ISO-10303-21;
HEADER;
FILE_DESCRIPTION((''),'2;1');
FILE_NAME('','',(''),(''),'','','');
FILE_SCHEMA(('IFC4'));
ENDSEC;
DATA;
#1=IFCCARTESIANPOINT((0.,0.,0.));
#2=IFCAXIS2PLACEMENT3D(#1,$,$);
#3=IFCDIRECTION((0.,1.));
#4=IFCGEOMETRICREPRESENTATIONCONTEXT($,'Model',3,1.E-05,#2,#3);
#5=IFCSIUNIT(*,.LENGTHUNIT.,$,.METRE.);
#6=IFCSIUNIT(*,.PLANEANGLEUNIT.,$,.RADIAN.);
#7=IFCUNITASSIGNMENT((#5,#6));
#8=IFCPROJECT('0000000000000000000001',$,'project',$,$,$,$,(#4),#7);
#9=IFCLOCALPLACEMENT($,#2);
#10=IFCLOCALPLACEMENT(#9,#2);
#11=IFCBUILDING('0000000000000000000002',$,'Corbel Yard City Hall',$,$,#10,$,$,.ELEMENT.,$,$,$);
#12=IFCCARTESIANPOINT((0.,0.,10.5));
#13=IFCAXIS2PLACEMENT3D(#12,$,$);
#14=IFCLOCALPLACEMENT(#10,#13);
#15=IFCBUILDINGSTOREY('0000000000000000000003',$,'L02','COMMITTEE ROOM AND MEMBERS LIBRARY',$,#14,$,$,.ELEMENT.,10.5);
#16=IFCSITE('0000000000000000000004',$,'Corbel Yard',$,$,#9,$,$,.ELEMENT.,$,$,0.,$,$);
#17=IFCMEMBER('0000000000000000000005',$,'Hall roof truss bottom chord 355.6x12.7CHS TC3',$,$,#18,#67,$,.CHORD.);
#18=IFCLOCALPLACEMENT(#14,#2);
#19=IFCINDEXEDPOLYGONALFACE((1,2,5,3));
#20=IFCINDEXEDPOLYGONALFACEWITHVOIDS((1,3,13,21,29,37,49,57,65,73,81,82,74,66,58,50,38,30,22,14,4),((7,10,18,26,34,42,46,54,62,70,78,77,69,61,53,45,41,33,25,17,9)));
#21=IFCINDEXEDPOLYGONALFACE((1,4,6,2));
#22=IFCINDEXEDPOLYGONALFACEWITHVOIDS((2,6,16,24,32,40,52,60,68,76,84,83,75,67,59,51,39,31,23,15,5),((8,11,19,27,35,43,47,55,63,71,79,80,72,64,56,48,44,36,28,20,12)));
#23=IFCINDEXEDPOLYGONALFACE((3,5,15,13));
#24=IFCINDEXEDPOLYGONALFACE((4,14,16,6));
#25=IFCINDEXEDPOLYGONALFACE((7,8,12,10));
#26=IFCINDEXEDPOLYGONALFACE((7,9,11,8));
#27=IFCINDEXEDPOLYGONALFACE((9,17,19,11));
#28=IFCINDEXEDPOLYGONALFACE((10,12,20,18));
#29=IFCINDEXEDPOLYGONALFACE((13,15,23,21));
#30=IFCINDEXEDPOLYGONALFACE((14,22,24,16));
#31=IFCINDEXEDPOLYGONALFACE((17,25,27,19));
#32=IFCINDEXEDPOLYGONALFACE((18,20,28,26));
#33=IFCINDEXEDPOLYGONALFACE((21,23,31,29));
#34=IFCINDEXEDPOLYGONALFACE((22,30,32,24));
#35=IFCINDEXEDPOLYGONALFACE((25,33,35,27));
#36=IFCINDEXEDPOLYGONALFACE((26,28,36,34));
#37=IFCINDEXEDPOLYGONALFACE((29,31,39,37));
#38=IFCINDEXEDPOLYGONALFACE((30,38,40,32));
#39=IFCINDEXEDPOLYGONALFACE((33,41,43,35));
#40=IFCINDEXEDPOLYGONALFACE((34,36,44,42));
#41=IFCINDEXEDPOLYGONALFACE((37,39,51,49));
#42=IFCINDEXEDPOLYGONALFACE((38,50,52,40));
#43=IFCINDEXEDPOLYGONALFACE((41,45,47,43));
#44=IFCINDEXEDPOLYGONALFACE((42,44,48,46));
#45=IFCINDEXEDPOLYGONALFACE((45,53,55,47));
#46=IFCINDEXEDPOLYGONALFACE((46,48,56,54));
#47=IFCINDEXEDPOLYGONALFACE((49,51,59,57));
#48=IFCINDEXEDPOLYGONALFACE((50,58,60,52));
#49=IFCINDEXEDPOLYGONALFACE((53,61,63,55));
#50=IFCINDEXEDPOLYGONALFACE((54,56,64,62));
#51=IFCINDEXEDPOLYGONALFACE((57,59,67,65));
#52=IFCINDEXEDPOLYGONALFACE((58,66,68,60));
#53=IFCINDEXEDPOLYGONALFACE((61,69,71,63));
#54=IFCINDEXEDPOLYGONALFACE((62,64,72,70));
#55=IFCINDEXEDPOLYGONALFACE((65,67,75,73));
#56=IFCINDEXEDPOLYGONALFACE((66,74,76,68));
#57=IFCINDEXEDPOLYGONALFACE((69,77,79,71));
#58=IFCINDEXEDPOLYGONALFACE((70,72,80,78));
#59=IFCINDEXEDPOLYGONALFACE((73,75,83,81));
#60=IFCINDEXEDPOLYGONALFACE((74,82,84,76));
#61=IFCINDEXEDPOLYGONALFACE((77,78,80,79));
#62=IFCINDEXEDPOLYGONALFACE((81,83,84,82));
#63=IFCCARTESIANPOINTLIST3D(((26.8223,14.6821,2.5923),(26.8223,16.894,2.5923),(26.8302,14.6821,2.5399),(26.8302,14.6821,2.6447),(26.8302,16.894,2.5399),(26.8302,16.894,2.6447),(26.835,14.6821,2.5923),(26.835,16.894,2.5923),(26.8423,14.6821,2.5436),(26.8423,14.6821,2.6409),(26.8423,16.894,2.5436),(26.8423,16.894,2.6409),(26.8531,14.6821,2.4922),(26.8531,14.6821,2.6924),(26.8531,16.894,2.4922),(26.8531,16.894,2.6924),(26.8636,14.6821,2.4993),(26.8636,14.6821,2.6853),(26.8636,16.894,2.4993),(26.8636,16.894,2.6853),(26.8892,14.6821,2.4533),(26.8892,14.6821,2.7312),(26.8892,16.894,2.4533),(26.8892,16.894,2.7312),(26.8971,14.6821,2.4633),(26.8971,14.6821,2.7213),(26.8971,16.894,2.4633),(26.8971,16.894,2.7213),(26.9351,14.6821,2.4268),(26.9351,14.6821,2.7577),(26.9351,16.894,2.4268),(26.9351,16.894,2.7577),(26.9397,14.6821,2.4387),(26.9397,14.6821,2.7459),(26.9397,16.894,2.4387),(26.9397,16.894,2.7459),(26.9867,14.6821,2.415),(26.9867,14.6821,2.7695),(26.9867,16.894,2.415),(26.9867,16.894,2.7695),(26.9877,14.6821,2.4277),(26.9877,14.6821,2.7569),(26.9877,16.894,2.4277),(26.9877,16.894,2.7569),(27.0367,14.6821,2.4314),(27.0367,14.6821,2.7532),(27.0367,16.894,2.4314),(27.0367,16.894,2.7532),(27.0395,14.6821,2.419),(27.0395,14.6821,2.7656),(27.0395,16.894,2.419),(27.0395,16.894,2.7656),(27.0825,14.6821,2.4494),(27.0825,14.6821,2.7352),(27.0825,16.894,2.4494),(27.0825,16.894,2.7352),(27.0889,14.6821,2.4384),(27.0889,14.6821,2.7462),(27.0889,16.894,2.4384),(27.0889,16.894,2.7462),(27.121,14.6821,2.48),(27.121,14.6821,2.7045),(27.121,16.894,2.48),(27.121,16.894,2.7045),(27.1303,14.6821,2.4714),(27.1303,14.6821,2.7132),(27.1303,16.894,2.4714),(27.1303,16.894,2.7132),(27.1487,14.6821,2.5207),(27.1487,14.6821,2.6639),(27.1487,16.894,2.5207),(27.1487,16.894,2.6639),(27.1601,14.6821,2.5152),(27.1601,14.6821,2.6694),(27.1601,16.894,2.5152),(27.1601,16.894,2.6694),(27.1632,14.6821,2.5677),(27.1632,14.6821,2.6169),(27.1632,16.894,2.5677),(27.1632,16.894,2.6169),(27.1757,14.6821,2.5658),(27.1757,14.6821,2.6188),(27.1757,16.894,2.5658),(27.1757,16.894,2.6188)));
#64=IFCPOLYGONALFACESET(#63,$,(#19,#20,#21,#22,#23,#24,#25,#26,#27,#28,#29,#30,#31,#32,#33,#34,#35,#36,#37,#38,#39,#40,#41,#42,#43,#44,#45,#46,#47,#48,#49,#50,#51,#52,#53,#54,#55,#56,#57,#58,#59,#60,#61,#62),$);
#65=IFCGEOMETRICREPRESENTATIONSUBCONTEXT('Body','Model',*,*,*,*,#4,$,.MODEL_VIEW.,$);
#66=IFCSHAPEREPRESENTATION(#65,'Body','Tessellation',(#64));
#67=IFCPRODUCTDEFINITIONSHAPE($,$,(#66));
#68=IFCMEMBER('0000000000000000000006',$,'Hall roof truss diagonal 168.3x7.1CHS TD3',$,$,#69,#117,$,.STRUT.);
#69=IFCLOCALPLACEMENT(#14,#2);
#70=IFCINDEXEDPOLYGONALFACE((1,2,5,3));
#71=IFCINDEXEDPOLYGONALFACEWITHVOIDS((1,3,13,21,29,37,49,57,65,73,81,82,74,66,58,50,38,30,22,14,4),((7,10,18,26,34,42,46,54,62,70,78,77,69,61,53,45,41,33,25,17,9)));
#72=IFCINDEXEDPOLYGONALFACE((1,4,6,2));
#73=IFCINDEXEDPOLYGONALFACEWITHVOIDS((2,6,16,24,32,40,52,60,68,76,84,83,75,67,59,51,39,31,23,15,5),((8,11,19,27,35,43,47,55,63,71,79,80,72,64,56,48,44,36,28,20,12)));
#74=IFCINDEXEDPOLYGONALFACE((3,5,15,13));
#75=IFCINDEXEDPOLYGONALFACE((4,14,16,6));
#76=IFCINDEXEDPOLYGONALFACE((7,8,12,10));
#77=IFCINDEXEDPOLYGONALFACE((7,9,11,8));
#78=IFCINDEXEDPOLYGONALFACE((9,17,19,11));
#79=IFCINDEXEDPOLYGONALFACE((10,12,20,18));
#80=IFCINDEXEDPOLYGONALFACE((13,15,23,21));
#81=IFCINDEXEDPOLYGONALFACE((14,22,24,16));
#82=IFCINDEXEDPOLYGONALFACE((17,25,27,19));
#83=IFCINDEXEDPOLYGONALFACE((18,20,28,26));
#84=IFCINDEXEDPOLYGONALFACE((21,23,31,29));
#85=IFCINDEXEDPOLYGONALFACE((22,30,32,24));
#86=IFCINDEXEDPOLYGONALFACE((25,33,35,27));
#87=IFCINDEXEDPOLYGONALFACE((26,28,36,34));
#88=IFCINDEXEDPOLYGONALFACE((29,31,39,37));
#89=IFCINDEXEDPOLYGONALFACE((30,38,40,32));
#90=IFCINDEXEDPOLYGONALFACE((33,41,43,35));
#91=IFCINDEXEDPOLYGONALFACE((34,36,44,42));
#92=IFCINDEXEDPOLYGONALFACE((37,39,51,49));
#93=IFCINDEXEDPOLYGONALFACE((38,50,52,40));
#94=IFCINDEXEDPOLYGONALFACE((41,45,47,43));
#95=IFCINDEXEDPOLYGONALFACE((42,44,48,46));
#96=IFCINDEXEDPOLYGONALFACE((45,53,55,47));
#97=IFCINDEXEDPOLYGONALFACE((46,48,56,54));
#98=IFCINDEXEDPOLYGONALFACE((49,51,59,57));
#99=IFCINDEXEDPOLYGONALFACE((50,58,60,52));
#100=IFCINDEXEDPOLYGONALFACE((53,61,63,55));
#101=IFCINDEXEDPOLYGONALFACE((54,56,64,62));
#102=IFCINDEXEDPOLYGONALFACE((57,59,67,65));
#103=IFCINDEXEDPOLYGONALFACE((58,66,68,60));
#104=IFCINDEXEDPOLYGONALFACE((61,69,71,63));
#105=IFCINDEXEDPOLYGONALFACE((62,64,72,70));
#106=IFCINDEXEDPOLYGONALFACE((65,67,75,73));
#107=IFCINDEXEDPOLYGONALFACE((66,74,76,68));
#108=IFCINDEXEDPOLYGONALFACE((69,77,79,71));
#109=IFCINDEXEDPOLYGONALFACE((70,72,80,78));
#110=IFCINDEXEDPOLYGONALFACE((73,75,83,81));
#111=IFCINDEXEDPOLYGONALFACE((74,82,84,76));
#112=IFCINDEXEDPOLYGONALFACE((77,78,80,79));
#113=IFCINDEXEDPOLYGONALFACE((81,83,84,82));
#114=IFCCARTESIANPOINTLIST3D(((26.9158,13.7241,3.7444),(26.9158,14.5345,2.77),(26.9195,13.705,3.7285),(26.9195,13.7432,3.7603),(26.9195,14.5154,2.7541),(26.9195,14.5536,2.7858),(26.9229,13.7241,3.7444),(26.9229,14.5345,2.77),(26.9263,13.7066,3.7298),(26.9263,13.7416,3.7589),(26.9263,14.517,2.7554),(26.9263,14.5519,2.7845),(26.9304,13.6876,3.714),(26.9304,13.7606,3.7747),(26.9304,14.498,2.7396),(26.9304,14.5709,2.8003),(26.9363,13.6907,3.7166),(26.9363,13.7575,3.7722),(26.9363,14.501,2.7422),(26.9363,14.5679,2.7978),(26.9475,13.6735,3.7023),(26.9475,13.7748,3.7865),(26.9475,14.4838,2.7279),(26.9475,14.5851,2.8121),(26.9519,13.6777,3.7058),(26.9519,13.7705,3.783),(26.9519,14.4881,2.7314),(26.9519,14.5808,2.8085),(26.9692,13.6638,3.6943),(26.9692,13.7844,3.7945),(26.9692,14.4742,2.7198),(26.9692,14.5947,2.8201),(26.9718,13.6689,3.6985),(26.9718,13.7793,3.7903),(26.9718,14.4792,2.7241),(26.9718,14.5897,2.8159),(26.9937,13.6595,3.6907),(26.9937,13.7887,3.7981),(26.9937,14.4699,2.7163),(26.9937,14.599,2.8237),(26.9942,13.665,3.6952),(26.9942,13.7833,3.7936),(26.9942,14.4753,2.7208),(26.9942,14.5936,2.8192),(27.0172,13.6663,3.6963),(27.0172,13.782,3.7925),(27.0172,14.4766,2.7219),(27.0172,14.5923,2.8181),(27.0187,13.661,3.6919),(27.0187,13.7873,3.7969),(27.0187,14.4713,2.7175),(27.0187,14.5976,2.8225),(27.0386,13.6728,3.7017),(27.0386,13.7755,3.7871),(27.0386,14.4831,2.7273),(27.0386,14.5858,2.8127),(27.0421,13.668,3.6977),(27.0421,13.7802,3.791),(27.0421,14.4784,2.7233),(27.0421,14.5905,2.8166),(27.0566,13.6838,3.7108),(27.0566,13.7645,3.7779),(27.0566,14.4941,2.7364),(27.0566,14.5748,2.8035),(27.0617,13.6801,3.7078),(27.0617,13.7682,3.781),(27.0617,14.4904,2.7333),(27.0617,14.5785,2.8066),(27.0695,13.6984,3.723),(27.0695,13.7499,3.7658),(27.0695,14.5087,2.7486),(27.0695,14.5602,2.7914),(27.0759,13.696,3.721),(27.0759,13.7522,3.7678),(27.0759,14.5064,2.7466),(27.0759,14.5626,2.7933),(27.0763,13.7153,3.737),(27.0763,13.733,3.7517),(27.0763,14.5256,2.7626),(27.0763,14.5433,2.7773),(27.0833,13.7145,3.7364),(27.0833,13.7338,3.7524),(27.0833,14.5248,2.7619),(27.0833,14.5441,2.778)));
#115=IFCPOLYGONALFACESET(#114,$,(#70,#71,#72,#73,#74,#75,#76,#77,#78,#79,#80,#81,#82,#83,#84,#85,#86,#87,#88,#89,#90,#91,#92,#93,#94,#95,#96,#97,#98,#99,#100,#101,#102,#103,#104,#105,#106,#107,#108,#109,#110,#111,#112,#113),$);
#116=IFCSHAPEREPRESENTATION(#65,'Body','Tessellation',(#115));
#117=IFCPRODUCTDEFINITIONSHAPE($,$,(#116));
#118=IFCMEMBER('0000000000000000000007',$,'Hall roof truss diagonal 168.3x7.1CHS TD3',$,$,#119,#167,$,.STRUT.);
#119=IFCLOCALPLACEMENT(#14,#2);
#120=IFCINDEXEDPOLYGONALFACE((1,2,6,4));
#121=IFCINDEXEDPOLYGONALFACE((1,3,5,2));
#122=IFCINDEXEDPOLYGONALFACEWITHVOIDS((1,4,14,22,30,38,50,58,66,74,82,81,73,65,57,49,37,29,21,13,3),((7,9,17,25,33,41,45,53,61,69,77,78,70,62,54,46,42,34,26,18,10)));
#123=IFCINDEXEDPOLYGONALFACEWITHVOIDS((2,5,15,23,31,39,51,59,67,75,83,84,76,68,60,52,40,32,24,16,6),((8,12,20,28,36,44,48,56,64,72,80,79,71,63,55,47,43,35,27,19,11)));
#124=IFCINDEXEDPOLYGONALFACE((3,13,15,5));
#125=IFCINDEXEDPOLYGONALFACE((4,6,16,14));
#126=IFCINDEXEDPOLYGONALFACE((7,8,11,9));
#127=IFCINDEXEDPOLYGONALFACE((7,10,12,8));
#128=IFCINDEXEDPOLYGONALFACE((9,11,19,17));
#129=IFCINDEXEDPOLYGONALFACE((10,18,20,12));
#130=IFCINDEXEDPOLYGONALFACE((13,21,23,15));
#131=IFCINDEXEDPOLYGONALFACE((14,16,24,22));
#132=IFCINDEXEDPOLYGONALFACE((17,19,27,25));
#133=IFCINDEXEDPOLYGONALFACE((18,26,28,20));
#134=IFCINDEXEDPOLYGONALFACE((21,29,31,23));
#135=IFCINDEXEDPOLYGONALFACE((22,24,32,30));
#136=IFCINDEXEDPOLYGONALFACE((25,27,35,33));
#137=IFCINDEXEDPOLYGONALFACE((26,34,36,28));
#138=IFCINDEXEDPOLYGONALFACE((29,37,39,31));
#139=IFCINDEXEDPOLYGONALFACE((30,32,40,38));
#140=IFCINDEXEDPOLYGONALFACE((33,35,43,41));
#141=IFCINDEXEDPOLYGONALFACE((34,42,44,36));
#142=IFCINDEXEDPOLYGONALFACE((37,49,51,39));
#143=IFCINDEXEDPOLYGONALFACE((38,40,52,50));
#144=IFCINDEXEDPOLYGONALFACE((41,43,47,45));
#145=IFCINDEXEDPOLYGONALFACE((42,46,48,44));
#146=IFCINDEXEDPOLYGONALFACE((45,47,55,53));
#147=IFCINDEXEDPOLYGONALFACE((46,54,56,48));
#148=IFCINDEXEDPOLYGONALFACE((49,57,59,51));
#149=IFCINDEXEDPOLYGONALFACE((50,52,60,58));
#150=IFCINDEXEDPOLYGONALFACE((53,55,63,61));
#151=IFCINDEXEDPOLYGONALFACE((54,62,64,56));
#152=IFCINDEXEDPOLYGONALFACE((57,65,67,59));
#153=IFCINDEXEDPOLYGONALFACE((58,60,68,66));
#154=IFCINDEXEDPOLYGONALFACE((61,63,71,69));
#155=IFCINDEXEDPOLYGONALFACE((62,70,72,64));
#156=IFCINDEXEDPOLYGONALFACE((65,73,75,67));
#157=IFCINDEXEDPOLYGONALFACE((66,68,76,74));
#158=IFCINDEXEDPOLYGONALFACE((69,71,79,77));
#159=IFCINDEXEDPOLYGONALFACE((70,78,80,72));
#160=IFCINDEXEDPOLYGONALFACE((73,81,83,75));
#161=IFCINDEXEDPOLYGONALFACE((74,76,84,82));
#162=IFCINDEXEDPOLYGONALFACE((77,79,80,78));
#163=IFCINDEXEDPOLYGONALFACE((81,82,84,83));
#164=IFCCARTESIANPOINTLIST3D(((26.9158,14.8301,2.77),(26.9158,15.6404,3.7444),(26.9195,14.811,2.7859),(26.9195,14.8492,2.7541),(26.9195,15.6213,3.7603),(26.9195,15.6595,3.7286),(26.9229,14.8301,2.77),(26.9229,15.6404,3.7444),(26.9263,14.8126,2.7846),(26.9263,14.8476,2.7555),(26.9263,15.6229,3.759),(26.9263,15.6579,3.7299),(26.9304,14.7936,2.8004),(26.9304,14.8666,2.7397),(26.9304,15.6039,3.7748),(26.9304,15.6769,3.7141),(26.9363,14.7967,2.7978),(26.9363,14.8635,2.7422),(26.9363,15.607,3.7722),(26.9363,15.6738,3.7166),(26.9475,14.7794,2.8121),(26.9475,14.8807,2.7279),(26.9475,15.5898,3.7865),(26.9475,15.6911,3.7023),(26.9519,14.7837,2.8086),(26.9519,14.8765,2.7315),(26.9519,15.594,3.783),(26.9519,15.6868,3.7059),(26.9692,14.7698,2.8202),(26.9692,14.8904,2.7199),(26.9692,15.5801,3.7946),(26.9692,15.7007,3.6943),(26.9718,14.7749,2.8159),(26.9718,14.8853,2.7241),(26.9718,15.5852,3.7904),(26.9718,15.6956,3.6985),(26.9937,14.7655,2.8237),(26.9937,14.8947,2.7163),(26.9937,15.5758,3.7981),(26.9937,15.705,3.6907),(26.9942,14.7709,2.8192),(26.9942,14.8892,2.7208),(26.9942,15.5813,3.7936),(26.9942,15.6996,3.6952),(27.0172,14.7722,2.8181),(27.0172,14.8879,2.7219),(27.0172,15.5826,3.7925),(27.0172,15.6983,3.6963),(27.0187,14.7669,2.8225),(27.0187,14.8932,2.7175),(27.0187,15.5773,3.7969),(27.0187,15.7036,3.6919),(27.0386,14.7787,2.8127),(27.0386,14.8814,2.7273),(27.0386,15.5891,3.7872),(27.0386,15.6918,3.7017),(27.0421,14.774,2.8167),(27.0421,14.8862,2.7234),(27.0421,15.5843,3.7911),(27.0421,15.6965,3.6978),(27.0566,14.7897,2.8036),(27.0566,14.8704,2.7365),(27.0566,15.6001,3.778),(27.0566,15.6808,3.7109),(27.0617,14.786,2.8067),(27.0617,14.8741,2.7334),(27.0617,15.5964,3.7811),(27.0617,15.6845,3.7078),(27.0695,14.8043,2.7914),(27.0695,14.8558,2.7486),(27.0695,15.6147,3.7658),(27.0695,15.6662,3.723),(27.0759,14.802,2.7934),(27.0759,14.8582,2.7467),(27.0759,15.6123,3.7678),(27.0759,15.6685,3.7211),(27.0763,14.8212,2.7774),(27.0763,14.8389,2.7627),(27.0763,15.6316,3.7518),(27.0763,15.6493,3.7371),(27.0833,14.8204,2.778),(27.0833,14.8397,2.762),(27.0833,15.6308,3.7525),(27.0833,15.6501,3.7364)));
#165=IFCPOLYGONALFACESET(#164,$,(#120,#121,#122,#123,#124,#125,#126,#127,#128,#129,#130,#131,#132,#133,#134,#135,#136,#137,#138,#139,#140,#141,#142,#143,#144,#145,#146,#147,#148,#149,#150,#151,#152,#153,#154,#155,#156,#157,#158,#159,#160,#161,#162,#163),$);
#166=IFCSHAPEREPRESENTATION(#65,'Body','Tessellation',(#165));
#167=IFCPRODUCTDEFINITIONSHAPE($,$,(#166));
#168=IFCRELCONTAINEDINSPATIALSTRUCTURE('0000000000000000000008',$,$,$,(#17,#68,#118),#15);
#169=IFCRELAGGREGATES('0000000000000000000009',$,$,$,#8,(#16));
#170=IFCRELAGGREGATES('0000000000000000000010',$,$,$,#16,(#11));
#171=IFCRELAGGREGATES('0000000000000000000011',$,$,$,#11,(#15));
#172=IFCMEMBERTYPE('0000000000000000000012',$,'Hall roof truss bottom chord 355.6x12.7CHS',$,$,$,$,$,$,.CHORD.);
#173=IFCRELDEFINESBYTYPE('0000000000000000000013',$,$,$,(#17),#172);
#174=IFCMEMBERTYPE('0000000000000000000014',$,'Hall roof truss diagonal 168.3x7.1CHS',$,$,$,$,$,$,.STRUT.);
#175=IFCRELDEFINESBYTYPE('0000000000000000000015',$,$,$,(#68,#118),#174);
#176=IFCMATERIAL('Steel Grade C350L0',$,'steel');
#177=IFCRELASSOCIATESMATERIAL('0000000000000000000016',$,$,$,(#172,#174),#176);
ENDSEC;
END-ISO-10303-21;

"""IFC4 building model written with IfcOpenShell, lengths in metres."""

from ifc_helpers import new_model, si_unit, direction, frame, origin, origin_2d, place, context, subcontext, project, spatial, hollow_circle, extrude, material, material_profile, profile_set, type_object, element, save


model = new_model("IFC4")

# Units and contexts
model_context = context("Model", 3, precision=1e-05, world=origin(), true_north=direction((0.0, 1.0)))
body_context = subcontext(model_context, "Body", "Model", "MODEL_VIEW")
ifc_project = project(units=[si_unit("LENGTHUNIT", "METRE"), si_unit("PLANEANGLEUNIT", "RADIAN")], contexts=[model_context])

# Site, building, storey
site_placement = place(None, origin())
site = spatial("IfcSite", under=ifc_project, at=site_placement, Name="Corbel Yard", CompositionType="ELEMENT", RefElevation=0.0)
building_placement = place(site_placement, origin())
building = spatial("IfcBuilding", under=site, at=building_placement, Name="Corbel Yard City Hall", CompositionType="ELEMENT")
storey_placement = place(building_placement, frame((0.0, 0.0, 10.5)))
storey = spatial("IfcBuildingStorey", under=building, at=storey_placement, Name="L02", Description="COMMITTEE ROOM AND MEMBERS LIBRARY", CompositionType="ELEMENT", Elevation=10.5)

# Shared definitions
ifc_material_1 = material(Name="Steel Grade C350L0", Category="steel")

# Members
ifc_material_profile_1 = material_profile(ifc_material_1, hollow_circle(Radius=0.1777, WallThickness=0.0127, at=origin_2d()), Name="355.6x12.7CHS")
ifc_profile_set_1 = profile_set([ifc_material_profile_1], Name="Steel Grade C350L0")
member_type_1 = type_object("IfcMemberType", Name="Hall roof truss bottom chord 355.6x12.7CHS", PredefinedType="CHORD", material=ifc_profile_set_1)
member_1_placement = place(storey_placement, frame((27.0, 14.6821, 2.5923), z_axis=(0.0, 1.0, 0.0), x_axis=(-1.0, 0.0, 0.0)))
element("IfcMember", 1, at=member_1_placement, inside=storey, type_object=member_type_1, Name="Hall roof truss bottom chord 355.6x12.7CHS TC3", PredefinedType="CHORD", context=body_context, shape_type="SweptSolid", body=[
    extrude(hollow_circle(Radius=0.1777, WallThickness=0.0127, at=origin_2d()), origin(), (0.0, 0.0, 1.0), 2.2119),
])
ifc_material_profile_2 = material_profile(ifc_material_1, hollow_circle(Radius=0.0842, WallThickness=0.0071, at=origin_2d()), Name="168.3x7.1CHS")
ifc_profile_set_2 = profile_set([ifc_material_profile_2], Name="Steel Grade C350L0")
member_type_2 = type_object("IfcMemberType", Name="Hall roof truss diagonal 168.3x7.1CHS", PredefinedType="STRUT", material=ifc_profile_set_2)
for number, where, z_axis, x_axis, name in (
    (2, (27.0, 13.7241, 3.7444), (0.0, 0.639407, -0.768868), (-1.0, 0.0, 0.0), "Hall roof truss diagonal 168.3x7.1CHS TD3"),
    (3, (27.0, 14.8301, 2.77), (0.0, 0.639407, 0.768868), (-1.0, 0.0, 0.0), "Hall roof truss diagonal 168.3x7.1CHS TD3"),
):
    element("IfcMember", number, at=place(storey_placement, frame(where, z_axis=z_axis, x_axis=x_axis)), inside=storey, type_object=member_type_2, Name=name, PredefinedType="STRUT", context=body_context, shape_type="SweptSolid", body=[
        extrude(hollow_circle(Radius=0.0842, WallThickness=0.0071, at=origin_2d()), origin(), (0.0, 0.0, 1.0), 1.2673),
    ])

save(model, "model.ifc")
